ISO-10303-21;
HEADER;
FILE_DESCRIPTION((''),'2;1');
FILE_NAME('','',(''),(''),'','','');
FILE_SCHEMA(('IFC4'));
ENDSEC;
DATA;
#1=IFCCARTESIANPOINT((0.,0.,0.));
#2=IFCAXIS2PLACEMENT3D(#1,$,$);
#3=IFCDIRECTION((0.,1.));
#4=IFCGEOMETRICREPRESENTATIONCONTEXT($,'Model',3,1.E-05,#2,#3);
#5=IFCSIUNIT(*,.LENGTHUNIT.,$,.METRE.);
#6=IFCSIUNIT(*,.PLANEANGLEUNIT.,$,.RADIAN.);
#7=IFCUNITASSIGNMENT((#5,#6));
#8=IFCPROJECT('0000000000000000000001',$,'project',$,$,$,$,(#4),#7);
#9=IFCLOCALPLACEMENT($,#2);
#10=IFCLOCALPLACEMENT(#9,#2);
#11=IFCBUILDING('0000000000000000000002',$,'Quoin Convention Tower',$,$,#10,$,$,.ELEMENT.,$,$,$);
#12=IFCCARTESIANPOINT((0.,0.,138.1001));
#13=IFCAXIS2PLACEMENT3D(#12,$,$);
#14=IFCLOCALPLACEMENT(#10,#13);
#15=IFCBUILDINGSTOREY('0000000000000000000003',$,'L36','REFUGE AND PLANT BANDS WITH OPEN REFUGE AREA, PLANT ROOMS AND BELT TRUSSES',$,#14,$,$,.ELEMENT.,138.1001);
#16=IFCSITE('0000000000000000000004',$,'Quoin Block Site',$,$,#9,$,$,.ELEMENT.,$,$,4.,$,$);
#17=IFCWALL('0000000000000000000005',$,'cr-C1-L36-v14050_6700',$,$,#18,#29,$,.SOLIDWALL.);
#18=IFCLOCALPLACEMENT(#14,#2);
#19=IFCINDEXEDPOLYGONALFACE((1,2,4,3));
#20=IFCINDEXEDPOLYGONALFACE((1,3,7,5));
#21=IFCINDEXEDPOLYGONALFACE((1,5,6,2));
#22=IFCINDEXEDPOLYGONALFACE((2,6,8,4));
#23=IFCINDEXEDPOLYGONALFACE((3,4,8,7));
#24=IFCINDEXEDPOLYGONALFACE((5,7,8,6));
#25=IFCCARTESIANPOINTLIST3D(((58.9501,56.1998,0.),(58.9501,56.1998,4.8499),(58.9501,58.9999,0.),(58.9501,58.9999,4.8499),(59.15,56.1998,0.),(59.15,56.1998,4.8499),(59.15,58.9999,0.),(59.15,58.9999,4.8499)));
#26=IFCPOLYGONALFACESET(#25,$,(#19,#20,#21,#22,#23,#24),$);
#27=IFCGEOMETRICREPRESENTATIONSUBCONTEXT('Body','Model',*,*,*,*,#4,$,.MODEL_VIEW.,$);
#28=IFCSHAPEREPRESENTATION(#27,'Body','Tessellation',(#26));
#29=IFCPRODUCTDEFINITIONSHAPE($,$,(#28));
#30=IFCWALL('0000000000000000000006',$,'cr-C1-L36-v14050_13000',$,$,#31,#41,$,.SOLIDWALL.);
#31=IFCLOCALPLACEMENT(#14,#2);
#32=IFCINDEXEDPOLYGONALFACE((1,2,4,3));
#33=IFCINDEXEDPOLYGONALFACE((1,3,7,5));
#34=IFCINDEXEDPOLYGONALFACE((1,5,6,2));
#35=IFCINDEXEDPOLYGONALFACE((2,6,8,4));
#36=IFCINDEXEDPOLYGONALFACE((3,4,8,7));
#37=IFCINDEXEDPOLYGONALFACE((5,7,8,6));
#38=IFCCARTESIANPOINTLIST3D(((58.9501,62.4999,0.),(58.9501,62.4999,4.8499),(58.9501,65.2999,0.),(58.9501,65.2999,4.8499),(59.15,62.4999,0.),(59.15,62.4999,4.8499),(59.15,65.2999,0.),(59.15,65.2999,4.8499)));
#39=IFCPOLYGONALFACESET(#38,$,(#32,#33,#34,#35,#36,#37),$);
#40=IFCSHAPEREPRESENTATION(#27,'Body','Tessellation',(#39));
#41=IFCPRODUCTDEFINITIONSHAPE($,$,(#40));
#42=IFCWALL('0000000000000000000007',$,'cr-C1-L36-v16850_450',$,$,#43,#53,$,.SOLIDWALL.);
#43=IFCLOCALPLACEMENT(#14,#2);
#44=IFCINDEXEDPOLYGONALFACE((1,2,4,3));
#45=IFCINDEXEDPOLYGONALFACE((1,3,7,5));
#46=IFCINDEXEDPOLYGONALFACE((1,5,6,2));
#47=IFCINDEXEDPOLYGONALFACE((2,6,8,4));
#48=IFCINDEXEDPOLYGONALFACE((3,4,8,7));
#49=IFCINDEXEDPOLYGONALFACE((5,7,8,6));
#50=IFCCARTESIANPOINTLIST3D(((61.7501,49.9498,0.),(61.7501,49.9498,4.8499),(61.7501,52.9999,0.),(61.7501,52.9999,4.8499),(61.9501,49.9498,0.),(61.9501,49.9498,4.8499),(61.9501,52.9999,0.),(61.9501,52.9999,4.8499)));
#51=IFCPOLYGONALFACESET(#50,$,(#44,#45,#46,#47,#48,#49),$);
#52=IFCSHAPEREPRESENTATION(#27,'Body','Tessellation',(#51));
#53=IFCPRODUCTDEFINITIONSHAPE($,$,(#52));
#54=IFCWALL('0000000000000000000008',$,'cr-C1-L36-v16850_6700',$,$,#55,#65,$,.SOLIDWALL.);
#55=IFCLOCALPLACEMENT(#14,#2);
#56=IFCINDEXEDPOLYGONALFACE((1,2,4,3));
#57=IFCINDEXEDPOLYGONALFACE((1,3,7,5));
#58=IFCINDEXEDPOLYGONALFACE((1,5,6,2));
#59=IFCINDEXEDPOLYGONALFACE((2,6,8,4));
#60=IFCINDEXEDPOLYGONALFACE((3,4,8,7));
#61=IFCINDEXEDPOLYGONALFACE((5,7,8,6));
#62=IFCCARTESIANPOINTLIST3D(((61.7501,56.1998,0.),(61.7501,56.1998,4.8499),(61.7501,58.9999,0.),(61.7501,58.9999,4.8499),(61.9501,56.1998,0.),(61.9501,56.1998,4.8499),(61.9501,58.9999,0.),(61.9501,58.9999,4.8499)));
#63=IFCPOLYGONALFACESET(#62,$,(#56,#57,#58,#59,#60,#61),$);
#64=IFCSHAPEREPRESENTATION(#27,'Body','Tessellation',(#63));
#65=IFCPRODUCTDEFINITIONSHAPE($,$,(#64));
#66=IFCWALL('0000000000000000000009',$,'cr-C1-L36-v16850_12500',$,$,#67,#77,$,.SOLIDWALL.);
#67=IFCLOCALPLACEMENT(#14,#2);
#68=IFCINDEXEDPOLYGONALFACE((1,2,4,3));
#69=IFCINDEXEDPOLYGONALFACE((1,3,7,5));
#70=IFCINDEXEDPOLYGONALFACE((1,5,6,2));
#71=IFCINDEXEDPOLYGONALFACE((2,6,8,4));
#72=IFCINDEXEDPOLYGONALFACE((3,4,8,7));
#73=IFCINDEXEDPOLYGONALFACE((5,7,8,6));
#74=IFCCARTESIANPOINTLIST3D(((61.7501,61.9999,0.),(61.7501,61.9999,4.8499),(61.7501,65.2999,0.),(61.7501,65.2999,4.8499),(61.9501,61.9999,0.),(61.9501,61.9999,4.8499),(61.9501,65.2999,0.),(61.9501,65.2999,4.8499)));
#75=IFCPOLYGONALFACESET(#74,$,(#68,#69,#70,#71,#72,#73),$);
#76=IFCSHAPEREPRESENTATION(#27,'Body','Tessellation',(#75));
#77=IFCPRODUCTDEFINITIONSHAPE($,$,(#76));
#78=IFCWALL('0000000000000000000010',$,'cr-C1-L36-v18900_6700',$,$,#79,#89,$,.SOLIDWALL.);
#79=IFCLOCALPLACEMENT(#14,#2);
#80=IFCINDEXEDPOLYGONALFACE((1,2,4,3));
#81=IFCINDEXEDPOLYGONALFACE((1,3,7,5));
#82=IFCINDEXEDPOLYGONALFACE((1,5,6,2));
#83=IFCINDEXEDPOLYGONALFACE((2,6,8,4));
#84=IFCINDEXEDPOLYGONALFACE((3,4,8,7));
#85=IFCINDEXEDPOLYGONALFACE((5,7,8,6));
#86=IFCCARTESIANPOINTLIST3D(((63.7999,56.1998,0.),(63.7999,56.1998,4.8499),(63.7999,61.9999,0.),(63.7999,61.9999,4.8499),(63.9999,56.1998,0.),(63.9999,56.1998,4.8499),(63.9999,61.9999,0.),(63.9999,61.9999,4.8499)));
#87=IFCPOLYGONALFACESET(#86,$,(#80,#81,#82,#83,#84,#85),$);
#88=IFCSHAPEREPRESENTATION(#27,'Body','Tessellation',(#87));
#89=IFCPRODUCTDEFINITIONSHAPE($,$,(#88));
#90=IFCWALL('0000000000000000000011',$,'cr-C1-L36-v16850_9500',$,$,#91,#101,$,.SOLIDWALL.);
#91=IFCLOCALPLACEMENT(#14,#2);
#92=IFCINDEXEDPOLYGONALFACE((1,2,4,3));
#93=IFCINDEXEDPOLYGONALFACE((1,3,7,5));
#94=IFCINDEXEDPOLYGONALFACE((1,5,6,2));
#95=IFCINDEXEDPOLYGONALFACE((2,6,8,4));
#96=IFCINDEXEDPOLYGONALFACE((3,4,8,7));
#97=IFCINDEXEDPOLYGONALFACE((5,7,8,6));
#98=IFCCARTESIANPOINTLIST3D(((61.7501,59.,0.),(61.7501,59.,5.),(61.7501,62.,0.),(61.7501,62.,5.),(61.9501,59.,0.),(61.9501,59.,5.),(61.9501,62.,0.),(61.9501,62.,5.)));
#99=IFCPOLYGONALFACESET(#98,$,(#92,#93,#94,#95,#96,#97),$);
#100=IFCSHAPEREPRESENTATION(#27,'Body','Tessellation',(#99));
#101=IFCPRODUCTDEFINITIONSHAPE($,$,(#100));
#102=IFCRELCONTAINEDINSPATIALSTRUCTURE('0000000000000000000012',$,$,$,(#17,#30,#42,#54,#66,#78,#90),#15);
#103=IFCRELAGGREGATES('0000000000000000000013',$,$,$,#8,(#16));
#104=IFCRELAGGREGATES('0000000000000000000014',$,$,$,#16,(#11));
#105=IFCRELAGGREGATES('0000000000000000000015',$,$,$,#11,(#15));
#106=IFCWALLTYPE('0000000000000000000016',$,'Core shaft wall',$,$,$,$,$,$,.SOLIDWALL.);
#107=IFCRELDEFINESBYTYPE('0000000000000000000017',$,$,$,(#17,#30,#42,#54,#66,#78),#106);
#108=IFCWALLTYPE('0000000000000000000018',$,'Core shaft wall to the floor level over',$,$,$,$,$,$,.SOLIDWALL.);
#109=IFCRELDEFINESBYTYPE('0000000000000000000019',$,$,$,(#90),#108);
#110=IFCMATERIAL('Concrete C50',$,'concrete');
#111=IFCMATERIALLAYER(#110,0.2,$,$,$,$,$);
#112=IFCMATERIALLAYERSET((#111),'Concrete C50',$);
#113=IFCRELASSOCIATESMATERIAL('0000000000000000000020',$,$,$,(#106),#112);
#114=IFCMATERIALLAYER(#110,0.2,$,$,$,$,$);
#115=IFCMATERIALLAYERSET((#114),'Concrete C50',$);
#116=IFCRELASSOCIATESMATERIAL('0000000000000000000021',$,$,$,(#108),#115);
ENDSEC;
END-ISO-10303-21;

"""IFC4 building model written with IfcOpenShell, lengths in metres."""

from ifc_helpers import new_model, si_unit, direction, frame, frame_2d, origin, place, context, subcontext, project, spatial, rectangle, extrude, material, layer, layer_set, type_object, element, save


model = new_model("IFC4")

# Units and contexts
model_context = context("Model", 3, precision=1e-05, world=origin(), true_north=direction((0.0, 1.0)))
body_context = subcontext(model_context, "Body", "Model", "MODEL_VIEW")
ifc_project = project(units=[si_unit("LENGTHUNIT", "METRE"), si_unit("PLANEANGLEUNIT", "RADIAN")], contexts=[model_context])

# Site, building, storey
site_placement = place(None, origin())
site = spatial("IfcSite", under=ifc_project, at=site_placement, Name="Quoin Block Site", CompositionType="ELEMENT", RefElevation=4.0)
building_placement = place(site_placement, origin())
building = spatial("IfcBuilding", under=site, at=building_placement, Name="Quoin Convention Tower", CompositionType="ELEMENT")
storey_placement = place(building_placement, frame((0.0, 0.0, 138.1001)))
storey = spatial("IfcBuildingStorey", under=building, at=storey_placement, Name="L36", Description="REFUGE AND PLANT BANDS WITH OPEN REFUGE AREA, PLANT ROOMS AND BELT TRUSSES", CompositionType="ELEMENT", Elevation=138.1001)

# Walls
ifc_material_1 = material(Name="Concrete C50", Category="concrete")
ifc_layer_1 = layer(ifc_material_1, 0.2)
ifc_layer_set_1 = layer_set([ifc_layer_1], Name="Concrete C50")
wall_type_1 = type_object("IfcWallType", Name="Core shaft wall", PredefinedType="SOLIDWALL", material=ifc_layer_set_1)
for number, where, z_axis, x_axis, name in (
    (1, (59.05, 56.2, 0.0), (0.0, 0.0, 1.0), (0.0, 1.0, 0.0), "cr-C1-L36-v14050_6700"),
    (2, (59.05, 62.5, 0.0), (0.0, 0.0, 1.0), (0.0, 1.0, 0.0), "cr-C1-L36-v14050_13000"),
):
    element("IfcWall", number, at=place(storey_placement, frame(where, z_axis=z_axis, x_axis=x_axis)), inside=storey, type_object=wall_type_1, Name=name, PredefinedType="SOLIDWALL", context=body_context, shape_type="SweptSolid", body=[
        extrude(rectangle(XDim=2.8, YDim=0.2, at=frame_2d((1.3999, 0.0))), origin(), (0.0, 0.0, 1.0), 4.8499),
    ])
wall_1_placement = place(storey_placement, frame((61.8501, 49.95, 0.0), z_axis=(0.0, 0.0, 1.0), x_axis=(0.0, 1.0, 0.0)))
element("IfcWall", 3, at=wall_1_placement, inside=storey, type_object=wall_type_1, Name="cr-C1-L36-v16850_450", PredefinedType="SOLIDWALL", context=body_context, shape_type="SweptSolid", body=[
    extrude(rectangle(XDim=3.05, YDim=0.2, at=frame_2d((1.5249, 0.0))), origin(), (0.0, 0.0, 1.0), 4.8499),
])
wall_2_placement = place(storey_placement, frame((61.8501, 56.2, 0.0), z_axis=(0.0, 0.0, 1.0), x_axis=(0.0, 1.0, 0.0)))
element("IfcWall", 4, at=wall_2_placement, inside=storey, type_object=wall_type_1, Name="cr-C1-L36-v16850_6700", PredefinedType="SOLIDWALL", context=body_context, shape_type="SweptSolid", body=[
    extrude(rectangle(XDim=2.8, YDim=0.2, at=frame_2d((1.3999, 0.0))), origin(), (0.0, 0.0, 1.0), 4.8499),
])
wall_3_placement = place(storey_placement, frame((61.8501, 62.0, 0.0), z_axis=(0.0, 0.0, 1.0), x_axis=(0.0, 1.0, 0.0)))
element("IfcWall", 5, at=wall_3_placement, inside=storey, type_object=wall_type_1, Name="cr-C1-L36-v16850_12500", PredefinedType="SOLIDWALL", context=body_context, shape_type="SweptSolid", body=[
    extrude(rectangle(XDim=3.3, YDim=0.2, at=frame_2d((1.6499, 0.0))), origin(), (0.0, 0.0, 1.0), 4.8499),
])
wall_4_placement = place(storey_placement, frame((63.8999, 56.2, 0.0), z_axis=(0.0, 0.0, 1.0), x_axis=(0.0, 1.0, 0.0)))
element("IfcWall", 6, at=wall_4_placement, inside=storey, type_object=wall_type_1, Name="cr-C1-L36-v18900_6700", PredefinedType="SOLIDWALL", context=body_context, shape_type="SweptSolid", body=[
    extrude(rectangle(XDim=5.8, YDim=0.2, at=frame_2d((2.8999, 0.0))), origin(), (0.0, 0.0, 1.0), 4.8499),
])
ifc_layer_2 = layer(ifc_material_1, 0.2)
ifc_layer_set_2 = layer_set([ifc_layer_2], Name="Concrete C50")
wall_type_2 = type_object("IfcWallType", Name="Core shaft wall to the floor level over", PredefinedType="SOLIDWALL", material=ifc_layer_set_2)
wall_5_placement = place(storey_placement, frame((61.8501, 59.0, 0.0), z_axis=(0.0, 0.0, 1.0), x_axis=(0.0, 1.0, 0.0)))
element("IfcWall", 7, at=wall_5_placement, inside=storey, type_object=wall_type_2, Name="cr-C1-L36-v16850_9500", PredefinedType="SOLIDWALL", context=body_context, shape_type="SweptSolid", body=[
    extrude(rectangle(XDim=3.0, YDim=0.2, at=frame_2d((1.5, 0.0))), origin(), (0.0, 0.0, 1.0), 5.0),
])

save(model, "model.ifc")
